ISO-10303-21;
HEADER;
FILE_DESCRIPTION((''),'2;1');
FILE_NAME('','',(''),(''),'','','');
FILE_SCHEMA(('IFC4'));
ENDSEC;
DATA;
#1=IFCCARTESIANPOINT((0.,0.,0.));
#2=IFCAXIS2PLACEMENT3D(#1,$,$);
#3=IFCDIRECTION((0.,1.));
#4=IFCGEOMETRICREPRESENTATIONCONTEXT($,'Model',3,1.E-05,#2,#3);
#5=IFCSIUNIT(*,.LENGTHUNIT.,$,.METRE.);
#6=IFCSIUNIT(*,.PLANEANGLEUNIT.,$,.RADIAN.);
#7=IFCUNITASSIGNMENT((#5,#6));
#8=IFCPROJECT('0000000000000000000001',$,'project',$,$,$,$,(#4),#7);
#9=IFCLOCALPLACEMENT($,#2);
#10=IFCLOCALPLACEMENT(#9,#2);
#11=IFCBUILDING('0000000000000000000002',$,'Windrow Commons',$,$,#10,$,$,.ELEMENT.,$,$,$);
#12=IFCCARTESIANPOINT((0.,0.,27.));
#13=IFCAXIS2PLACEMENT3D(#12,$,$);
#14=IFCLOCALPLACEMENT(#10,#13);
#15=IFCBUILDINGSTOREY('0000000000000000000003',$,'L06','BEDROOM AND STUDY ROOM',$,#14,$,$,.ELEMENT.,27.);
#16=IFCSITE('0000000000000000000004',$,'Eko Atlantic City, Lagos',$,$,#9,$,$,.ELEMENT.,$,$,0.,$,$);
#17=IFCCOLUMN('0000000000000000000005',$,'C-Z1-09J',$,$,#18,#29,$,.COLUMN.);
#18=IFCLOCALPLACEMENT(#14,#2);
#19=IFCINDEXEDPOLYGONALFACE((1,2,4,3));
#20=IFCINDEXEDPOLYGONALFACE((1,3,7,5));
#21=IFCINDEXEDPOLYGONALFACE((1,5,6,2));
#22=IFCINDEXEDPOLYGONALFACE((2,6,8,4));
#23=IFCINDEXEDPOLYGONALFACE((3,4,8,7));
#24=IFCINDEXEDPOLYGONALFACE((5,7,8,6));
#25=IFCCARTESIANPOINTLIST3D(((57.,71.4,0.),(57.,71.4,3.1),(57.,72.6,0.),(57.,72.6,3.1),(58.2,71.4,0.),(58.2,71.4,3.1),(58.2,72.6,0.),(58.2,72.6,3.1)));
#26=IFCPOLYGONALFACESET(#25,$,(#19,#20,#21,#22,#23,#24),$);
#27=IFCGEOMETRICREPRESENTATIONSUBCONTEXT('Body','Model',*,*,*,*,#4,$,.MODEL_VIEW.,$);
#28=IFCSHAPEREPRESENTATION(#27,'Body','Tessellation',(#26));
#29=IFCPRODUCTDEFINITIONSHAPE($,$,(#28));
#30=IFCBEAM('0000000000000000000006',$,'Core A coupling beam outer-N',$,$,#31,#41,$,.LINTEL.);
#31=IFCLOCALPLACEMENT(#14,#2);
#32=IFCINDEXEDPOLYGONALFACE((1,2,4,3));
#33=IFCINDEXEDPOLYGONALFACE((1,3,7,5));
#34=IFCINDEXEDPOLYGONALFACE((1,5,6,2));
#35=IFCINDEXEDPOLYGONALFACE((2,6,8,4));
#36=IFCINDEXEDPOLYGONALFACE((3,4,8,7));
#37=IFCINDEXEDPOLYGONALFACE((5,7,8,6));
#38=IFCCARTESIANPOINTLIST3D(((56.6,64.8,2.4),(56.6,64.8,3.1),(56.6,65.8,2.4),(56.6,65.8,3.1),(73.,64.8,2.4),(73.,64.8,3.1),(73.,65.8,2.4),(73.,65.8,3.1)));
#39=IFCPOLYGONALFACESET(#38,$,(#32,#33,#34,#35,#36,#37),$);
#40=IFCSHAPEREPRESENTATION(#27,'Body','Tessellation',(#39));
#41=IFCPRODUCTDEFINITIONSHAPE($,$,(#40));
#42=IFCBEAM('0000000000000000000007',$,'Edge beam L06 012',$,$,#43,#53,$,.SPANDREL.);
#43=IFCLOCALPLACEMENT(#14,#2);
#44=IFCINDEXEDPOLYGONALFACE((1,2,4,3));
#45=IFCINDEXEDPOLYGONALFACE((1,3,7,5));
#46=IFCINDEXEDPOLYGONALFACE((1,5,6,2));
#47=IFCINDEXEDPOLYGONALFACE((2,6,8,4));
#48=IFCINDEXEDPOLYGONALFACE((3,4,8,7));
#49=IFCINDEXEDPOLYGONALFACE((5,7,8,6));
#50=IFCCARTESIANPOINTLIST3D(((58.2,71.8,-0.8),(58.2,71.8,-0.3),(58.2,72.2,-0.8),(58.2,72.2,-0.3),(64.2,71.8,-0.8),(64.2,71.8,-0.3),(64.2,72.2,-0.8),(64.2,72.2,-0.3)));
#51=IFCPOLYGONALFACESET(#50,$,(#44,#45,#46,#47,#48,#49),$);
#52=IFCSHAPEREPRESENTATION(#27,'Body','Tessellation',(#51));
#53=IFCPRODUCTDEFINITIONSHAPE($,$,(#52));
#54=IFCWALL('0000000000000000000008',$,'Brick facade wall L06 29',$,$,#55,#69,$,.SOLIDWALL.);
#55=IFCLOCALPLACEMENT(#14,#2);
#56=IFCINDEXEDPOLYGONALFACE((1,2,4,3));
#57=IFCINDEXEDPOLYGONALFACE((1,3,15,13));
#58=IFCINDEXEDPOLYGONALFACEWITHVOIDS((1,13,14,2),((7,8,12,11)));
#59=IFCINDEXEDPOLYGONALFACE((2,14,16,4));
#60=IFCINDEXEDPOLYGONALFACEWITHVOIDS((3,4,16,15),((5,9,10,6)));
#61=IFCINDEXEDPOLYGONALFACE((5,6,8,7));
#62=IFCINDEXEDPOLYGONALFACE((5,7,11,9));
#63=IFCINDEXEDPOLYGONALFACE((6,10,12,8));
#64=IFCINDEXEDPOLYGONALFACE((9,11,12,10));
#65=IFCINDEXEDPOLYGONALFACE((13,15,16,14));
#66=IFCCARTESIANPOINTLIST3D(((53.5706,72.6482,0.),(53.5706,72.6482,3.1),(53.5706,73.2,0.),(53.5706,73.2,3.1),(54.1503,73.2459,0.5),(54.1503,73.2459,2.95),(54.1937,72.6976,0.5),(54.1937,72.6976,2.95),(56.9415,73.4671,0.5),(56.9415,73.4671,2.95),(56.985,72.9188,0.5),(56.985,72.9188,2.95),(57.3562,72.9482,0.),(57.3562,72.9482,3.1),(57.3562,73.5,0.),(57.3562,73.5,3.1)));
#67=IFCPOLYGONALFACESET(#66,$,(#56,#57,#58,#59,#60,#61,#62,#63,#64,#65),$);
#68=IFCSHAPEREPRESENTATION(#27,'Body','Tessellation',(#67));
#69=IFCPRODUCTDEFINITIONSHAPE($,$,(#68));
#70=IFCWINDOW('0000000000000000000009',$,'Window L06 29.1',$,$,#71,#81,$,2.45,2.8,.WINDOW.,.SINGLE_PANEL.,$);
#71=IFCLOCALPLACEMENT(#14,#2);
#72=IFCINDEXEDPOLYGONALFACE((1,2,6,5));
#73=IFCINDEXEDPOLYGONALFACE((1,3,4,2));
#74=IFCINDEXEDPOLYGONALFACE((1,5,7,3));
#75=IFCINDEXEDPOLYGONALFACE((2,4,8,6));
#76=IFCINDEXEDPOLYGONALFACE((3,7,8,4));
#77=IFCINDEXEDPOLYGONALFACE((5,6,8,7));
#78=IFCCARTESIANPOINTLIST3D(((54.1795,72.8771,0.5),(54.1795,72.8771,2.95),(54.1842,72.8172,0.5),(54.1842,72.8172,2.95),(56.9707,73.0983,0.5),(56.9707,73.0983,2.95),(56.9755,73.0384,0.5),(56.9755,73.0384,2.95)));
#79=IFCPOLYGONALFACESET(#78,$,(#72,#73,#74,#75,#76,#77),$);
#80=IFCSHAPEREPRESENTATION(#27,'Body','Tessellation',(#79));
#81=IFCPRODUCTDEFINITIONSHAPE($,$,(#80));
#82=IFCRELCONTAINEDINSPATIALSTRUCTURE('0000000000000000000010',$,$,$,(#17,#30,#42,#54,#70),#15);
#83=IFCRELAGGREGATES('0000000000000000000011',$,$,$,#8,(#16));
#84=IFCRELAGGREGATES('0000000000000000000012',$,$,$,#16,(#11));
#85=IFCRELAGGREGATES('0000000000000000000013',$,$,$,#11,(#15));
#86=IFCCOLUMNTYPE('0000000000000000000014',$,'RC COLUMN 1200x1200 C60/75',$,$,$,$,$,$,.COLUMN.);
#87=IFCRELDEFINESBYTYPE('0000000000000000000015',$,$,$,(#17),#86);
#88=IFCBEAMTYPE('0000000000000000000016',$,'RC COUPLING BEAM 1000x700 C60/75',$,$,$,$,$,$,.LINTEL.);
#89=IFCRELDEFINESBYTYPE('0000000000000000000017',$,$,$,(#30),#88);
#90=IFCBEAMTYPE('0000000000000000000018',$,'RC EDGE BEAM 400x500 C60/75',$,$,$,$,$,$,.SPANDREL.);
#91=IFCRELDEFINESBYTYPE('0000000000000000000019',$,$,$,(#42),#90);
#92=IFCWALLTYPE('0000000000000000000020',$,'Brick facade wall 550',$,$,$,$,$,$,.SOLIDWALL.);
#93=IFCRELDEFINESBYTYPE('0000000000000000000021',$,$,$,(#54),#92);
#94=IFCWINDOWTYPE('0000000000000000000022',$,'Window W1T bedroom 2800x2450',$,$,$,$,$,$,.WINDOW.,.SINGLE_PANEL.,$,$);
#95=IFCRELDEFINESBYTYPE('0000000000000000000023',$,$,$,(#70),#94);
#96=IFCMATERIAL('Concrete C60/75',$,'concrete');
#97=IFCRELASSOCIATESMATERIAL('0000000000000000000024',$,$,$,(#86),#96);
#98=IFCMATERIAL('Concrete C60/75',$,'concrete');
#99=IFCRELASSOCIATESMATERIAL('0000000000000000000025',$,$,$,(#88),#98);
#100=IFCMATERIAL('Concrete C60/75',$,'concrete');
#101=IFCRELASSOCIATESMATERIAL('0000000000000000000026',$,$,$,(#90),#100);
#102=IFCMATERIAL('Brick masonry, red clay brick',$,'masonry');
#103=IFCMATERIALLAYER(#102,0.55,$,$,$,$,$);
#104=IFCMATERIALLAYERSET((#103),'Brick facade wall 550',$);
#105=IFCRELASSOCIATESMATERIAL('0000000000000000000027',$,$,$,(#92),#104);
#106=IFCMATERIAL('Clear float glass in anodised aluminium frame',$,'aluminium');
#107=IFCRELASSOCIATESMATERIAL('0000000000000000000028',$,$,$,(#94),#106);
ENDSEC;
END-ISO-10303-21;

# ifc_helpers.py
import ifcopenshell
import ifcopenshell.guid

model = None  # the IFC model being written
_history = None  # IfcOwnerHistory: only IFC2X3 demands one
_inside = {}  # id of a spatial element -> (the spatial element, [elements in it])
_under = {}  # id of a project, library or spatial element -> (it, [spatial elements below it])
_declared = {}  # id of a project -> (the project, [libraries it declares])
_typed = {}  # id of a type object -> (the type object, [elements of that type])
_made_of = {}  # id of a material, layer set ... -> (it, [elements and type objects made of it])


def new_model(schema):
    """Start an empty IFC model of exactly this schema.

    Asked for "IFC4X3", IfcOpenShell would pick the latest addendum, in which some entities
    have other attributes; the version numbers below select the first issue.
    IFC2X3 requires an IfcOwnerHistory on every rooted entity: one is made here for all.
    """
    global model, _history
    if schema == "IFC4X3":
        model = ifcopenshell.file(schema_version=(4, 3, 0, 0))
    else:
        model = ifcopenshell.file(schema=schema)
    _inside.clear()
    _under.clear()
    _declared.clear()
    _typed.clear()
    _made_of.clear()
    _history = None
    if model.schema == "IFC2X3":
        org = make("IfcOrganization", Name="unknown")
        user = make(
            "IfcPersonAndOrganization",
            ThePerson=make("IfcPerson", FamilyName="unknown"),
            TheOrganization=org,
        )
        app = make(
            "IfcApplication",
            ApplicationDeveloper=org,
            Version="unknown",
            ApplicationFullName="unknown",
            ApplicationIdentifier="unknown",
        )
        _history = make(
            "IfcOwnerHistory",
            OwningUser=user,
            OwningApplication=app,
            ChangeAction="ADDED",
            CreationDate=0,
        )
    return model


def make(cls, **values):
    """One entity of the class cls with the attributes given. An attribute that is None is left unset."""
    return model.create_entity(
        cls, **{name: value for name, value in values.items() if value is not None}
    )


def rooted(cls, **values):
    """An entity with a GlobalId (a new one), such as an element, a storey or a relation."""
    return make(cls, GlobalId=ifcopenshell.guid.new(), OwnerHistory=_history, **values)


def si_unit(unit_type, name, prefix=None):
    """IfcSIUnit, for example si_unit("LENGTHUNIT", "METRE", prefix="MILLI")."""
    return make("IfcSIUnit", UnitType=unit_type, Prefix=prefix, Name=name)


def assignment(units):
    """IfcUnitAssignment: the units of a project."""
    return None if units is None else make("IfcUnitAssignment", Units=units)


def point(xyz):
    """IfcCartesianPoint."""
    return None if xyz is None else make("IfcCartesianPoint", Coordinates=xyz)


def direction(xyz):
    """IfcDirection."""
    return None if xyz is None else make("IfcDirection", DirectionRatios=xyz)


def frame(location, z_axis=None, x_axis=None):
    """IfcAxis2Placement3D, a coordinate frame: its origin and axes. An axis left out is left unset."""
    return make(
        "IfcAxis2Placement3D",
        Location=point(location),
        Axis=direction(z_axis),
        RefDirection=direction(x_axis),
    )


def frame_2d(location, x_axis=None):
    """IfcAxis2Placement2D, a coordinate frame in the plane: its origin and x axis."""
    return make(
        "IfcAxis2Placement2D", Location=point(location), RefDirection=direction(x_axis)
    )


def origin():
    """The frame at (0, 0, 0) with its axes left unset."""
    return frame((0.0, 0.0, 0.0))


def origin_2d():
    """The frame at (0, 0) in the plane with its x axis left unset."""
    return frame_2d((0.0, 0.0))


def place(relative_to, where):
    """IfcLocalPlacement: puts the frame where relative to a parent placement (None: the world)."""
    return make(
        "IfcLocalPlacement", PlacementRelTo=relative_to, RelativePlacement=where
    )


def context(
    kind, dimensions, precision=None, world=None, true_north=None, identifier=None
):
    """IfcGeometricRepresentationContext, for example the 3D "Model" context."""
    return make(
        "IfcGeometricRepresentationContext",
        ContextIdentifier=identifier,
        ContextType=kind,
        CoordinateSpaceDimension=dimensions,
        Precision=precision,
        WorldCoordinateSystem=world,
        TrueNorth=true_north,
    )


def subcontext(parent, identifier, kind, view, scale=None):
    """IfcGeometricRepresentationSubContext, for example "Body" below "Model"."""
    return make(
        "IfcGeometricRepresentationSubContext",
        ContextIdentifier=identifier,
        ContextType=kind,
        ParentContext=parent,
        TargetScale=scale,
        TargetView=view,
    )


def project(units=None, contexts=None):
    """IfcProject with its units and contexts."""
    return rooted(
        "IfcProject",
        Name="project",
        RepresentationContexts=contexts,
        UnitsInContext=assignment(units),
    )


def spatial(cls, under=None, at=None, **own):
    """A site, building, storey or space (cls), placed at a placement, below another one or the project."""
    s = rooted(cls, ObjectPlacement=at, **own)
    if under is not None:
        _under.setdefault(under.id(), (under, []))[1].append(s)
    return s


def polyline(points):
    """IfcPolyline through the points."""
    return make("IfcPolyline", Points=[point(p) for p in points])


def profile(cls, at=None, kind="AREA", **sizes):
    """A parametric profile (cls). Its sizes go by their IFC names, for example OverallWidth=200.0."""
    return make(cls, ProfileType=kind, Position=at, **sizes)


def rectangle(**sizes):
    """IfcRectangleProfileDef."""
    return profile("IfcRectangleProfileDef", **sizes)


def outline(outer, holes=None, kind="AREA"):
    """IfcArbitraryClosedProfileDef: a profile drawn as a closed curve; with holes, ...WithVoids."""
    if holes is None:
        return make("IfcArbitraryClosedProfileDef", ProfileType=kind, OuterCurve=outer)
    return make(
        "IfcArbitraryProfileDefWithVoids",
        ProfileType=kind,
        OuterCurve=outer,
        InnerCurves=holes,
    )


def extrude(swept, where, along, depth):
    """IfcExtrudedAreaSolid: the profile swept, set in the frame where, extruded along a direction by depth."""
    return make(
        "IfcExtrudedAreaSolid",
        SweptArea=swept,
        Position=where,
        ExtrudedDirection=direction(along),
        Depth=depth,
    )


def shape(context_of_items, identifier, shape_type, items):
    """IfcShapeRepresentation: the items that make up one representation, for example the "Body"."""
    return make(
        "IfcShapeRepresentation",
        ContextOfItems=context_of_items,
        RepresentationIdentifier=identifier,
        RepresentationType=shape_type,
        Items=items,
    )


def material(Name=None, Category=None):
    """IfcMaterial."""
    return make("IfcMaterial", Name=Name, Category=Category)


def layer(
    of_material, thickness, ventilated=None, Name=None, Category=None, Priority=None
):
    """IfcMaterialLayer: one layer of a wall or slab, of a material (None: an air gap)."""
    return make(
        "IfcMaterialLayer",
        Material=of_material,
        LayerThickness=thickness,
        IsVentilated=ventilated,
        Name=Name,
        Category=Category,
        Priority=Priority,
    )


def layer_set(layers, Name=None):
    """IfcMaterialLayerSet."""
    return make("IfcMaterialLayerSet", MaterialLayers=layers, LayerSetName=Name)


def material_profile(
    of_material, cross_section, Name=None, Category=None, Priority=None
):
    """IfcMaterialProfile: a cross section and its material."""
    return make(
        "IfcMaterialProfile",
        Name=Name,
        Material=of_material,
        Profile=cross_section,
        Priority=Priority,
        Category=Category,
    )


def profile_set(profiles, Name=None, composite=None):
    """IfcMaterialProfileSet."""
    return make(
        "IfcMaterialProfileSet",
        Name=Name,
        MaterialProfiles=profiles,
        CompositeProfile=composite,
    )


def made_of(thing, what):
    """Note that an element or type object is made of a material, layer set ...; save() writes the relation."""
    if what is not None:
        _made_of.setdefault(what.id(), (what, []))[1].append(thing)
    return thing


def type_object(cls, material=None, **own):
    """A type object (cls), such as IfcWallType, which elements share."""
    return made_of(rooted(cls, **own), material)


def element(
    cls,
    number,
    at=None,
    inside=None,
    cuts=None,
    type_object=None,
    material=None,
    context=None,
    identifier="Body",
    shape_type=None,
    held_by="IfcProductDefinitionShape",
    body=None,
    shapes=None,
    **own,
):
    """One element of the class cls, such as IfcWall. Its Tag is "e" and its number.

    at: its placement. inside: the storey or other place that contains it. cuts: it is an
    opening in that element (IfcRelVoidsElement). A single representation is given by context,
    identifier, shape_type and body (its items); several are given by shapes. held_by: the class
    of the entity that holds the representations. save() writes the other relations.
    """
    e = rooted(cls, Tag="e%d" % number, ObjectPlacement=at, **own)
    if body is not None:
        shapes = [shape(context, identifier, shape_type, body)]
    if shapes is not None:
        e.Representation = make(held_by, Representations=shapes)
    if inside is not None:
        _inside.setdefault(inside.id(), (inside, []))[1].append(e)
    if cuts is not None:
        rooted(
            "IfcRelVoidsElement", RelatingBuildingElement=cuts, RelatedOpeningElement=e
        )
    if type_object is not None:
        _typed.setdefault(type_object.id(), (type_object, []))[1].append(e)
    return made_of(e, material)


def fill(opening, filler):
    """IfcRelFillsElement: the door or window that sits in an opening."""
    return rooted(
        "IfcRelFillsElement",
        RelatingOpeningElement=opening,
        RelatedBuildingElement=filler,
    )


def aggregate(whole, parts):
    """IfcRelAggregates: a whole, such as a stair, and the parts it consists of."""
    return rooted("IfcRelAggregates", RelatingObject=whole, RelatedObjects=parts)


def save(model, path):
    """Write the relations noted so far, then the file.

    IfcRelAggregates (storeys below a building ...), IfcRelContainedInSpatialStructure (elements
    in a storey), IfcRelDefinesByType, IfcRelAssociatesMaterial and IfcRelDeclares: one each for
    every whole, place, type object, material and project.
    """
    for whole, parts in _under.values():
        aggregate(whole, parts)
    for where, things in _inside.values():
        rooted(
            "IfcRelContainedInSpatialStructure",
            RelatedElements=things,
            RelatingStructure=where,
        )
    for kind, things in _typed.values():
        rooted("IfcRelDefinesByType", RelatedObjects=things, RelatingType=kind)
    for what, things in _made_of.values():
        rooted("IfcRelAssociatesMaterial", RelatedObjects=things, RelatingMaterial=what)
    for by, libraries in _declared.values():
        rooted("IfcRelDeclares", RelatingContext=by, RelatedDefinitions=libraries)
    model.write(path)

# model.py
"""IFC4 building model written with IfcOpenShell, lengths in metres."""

from ifc_helpers import new_model, si_unit, direction, frame, frame_2d, origin, origin_2d, place, context, subcontext, project, spatial, polyline, rectangle, outline, extrude, material, layer, layer_set, material_profile, profile_set, type_object, element, fill, save


model = new_model("IFC4")

# Units and contexts
model_context = context("Model", 3, precision=1e-05, world=origin(), true_north=direction((0.0, 1.0)))
body_context = subcontext(model_context, "Body", "Model", "MODEL_VIEW")
ifc_project = project(units=[si_unit("LENGTHUNIT", "METRE"), si_unit("PLANEANGLEUNIT", "RADIAN")], contexts=[model_context])

# Site, building, storey
site_placement = place(None, origin())
site = spatial("IfcSite", under=ifc_project, at=site_placement, Name="Eko Atlantic City, Lagos", CompositionType="ELEMENT", RefElevation=0.0)
building_placement = place(site_placement, origin())
building = spatial("IfcBuilding", under=site, at=building_placement, Name="Windrow Commons", CompositionType="ELEMENT")
storey_placement = place(building_placement, frame((0.0, 0.0, 27.0)))
storey = spatial("IfcBuildingStorey", under=building, at=storey_placement, Name="L06", Description="BEDROOM AND STUDY ROOM", CompositionType="ELEMENT", Elevation=27.0)

# Column
ifc_material_1 = material(Name="Concrete C60/75", Category="concrete")
ifc_material_profile_1 = material_profile(ifc_material_1, rectangle(XDim=1.2, YDim=1.2, at=origin_2d()))
ifc_profile_set_1 = profile_set([ifc_material_profile_1], Name="Concrete C60/75")
column_type = type_object("IfcColumnType", Name="RC COLUMN 1200x1200 C60/75", PredefinedType="COLUMN", material=ifc_profile_set_1)
column_placement = place(storey_placement, frame((57.6, 72.0, 0.0), z_axis=(0.0, 0.0, 1.0), x_axis=(1.0, 0.0, 0.0)))
element("IfcColumn", 1, at=column_placement, inside=storey, type_object=column_type, Name="C-Z1-09J", PredefinedType="COLUMN", context=body_context, shape_type="SweptSolid", body=[
    extrude(rectangle(XDim=1.2, YDim=1.2, at=origin_2d()), origin(), (0.0, 0.0, 1.0), 3.1),
])

# Beams
ifc_material_2 = material(Name="Concrete C60/75", Category="concrete")
ifc_material_profile_2 = material_profile(ifc_material_2, rectangle(XDim=1.0, YDim=0.7, at=origin_2d()))
ifc_profile_set_2 = profile_set([ifc_material_profile_2], Name="Concrete C60/75")
beam_type_1 = type_object("IfcBeamType", Name="RC COUPLING BEAM 1000x700 C60/75", PredefinedType="LINTEL", material=ifc_profile_set_2)
beam_1_placement = place(storey_placement, frame((56.6, 65.3, 2.75), z_axis=(1.0, 0.0, 0.0), x_axis=(0.0, 1.0, 0.0)))
element("IfcBeam", 2, at=beam_1_placement, inside=storey, type_object=beam_type_1, Name="Core A coupling beam outer-N", PredefinedType="LINTEL", context=body_context, shape_type="SweptSolid", body=[
    extrude(rectangle(XDim=1.0, YDim=0.7, at=origin_2d()), origin(), (0.0, 0.0, 1.0), 16.4),
])
ifc_material_3 = material(Name="Concrete C60/75", Category="concrete")
ifc_material_profile_3 = material_profile(ifc_material_3, rectangle(XDim=0.4, YDim=0.5, at=origin_2d()))
ifc_profile_set_3 = profile_set([ifc_material_profile_3], Name="Concrete C60/75")
beam_type_2 = type_object("IfcBeamType", Name="RC EDGE BEAM 400x500 C60/75", PredefinedType="SPANDREL", material=ifc_profile_set_3)
beam_2_placement = place(storey_placement, frame((58.2, 72.0, -0.55), z_axis=(1.0, 0.0, 0.0), x_axis=(0.0, 1.0, 0.0)))
element("IfcBeam", 3, at=beam_2_placement, inside=storey, type_object=beam_type_2, Name="Edge beam L06 012", PredefinedType="SPANDREL", context=body_context, shape_type="SweptSolid", body=[
    extrude(rectangle(XDim=0.4, YDim=0.5, at=origin_2d()), origin(), (0.0, 0.0, 1.0), 6.0),
])

# Wall, opening, window
ifc_material_4 = material(Name="Brick masonry, red clay brick", Category="masonry")
ifc_layer_1 = layer(ifc_material_4, 0.55)
ifc_layer_set_1 = layer_set([ifc_layer_1], Name="Brick facade wall 550")
wall_type_1 = type_object("IfcWallType", Name="Brick facade wall 550", PredefinedType="SOLIDWALL", material=ifc_layer_set_1)
wall_1_placement = place(storey_placement, frame((57.3562, 73.2241, 0.0), z_axis=(0.0, 0.0, 1.0), x_axis=(-0.996875, -0.079, 0.0)))
wall_1 = element("IfcWall", 4, at=wall_1_placement, inside=storey, type_object=wall_type_1, Name="Brick facade wall L06 29", PredefinedType="SOLIDWALL", context=body_context, shape_type="SweptSolid", body=[
    extrude(outline(polyline([(-0.0218, -0.275), (3.7757, -0.275), (3.8193, 0.275), (0.0218, 0.275), (-0.0218, -0.275)])), origin(), (0.0, 0.0, 1.0), 3.1),
])
opening_1_placement = place(wall_1_placement, frame((0.3942, 0.0, 0.5)))
opening_1 = element("IfcOpeningElement", 5, at=opening_1_placement, cuts=wall_1, PredefinedType="OPENING", context=body_context, shape_type="SweptSolid", body=[
    extrude(rectangle(XDim=2.8, YDim=2.45, at=frame_2d((1.4, 1.225))), frame((0.0, 0.285, 0.0), z_axis=(0.0, -1.0, 0.0), x_axis=(1.0, 0.0, 0.0)), (0.0, 0.0, 1.0), 0.57),
])
ifc_material_5 = material(Name="Clear float glass in anodised aluminium frame", Category="aluminium")
window_type = type_object("IfcWindowType", Name="Window W1T bedroom 2800x2450", PartitioningType="SINGLE_PANEL", PredefinedType="WINDOW", material=ifc_material_5)
window_placement = place(opening_1_placement, origin())
window = element("IfcWindow", 6, at=window_placement, inside=storey, type_object=window_type, Name="Window L06 29.1", OverallHeight=2.45, OverallWidth=2.8, PartitioningType="SINGLE_PANEL", PredefinedType="WINDOW", context=body_context, shape_type="SweptSolid", body=[
    extrude(rectangle(XDim=2.8, YDim=2.45, at=frame_2d((1.4, 1.225))), frame((0.0, 0.155, 0.0), z_axis=(0.0, -1.0, 0.0), x_axis=(1.0, 0.0, 0.0)), (0.0, 0.0, 1.0), 0.06),
])
fill(opening_1, window)

save(model, "model.ifc")
